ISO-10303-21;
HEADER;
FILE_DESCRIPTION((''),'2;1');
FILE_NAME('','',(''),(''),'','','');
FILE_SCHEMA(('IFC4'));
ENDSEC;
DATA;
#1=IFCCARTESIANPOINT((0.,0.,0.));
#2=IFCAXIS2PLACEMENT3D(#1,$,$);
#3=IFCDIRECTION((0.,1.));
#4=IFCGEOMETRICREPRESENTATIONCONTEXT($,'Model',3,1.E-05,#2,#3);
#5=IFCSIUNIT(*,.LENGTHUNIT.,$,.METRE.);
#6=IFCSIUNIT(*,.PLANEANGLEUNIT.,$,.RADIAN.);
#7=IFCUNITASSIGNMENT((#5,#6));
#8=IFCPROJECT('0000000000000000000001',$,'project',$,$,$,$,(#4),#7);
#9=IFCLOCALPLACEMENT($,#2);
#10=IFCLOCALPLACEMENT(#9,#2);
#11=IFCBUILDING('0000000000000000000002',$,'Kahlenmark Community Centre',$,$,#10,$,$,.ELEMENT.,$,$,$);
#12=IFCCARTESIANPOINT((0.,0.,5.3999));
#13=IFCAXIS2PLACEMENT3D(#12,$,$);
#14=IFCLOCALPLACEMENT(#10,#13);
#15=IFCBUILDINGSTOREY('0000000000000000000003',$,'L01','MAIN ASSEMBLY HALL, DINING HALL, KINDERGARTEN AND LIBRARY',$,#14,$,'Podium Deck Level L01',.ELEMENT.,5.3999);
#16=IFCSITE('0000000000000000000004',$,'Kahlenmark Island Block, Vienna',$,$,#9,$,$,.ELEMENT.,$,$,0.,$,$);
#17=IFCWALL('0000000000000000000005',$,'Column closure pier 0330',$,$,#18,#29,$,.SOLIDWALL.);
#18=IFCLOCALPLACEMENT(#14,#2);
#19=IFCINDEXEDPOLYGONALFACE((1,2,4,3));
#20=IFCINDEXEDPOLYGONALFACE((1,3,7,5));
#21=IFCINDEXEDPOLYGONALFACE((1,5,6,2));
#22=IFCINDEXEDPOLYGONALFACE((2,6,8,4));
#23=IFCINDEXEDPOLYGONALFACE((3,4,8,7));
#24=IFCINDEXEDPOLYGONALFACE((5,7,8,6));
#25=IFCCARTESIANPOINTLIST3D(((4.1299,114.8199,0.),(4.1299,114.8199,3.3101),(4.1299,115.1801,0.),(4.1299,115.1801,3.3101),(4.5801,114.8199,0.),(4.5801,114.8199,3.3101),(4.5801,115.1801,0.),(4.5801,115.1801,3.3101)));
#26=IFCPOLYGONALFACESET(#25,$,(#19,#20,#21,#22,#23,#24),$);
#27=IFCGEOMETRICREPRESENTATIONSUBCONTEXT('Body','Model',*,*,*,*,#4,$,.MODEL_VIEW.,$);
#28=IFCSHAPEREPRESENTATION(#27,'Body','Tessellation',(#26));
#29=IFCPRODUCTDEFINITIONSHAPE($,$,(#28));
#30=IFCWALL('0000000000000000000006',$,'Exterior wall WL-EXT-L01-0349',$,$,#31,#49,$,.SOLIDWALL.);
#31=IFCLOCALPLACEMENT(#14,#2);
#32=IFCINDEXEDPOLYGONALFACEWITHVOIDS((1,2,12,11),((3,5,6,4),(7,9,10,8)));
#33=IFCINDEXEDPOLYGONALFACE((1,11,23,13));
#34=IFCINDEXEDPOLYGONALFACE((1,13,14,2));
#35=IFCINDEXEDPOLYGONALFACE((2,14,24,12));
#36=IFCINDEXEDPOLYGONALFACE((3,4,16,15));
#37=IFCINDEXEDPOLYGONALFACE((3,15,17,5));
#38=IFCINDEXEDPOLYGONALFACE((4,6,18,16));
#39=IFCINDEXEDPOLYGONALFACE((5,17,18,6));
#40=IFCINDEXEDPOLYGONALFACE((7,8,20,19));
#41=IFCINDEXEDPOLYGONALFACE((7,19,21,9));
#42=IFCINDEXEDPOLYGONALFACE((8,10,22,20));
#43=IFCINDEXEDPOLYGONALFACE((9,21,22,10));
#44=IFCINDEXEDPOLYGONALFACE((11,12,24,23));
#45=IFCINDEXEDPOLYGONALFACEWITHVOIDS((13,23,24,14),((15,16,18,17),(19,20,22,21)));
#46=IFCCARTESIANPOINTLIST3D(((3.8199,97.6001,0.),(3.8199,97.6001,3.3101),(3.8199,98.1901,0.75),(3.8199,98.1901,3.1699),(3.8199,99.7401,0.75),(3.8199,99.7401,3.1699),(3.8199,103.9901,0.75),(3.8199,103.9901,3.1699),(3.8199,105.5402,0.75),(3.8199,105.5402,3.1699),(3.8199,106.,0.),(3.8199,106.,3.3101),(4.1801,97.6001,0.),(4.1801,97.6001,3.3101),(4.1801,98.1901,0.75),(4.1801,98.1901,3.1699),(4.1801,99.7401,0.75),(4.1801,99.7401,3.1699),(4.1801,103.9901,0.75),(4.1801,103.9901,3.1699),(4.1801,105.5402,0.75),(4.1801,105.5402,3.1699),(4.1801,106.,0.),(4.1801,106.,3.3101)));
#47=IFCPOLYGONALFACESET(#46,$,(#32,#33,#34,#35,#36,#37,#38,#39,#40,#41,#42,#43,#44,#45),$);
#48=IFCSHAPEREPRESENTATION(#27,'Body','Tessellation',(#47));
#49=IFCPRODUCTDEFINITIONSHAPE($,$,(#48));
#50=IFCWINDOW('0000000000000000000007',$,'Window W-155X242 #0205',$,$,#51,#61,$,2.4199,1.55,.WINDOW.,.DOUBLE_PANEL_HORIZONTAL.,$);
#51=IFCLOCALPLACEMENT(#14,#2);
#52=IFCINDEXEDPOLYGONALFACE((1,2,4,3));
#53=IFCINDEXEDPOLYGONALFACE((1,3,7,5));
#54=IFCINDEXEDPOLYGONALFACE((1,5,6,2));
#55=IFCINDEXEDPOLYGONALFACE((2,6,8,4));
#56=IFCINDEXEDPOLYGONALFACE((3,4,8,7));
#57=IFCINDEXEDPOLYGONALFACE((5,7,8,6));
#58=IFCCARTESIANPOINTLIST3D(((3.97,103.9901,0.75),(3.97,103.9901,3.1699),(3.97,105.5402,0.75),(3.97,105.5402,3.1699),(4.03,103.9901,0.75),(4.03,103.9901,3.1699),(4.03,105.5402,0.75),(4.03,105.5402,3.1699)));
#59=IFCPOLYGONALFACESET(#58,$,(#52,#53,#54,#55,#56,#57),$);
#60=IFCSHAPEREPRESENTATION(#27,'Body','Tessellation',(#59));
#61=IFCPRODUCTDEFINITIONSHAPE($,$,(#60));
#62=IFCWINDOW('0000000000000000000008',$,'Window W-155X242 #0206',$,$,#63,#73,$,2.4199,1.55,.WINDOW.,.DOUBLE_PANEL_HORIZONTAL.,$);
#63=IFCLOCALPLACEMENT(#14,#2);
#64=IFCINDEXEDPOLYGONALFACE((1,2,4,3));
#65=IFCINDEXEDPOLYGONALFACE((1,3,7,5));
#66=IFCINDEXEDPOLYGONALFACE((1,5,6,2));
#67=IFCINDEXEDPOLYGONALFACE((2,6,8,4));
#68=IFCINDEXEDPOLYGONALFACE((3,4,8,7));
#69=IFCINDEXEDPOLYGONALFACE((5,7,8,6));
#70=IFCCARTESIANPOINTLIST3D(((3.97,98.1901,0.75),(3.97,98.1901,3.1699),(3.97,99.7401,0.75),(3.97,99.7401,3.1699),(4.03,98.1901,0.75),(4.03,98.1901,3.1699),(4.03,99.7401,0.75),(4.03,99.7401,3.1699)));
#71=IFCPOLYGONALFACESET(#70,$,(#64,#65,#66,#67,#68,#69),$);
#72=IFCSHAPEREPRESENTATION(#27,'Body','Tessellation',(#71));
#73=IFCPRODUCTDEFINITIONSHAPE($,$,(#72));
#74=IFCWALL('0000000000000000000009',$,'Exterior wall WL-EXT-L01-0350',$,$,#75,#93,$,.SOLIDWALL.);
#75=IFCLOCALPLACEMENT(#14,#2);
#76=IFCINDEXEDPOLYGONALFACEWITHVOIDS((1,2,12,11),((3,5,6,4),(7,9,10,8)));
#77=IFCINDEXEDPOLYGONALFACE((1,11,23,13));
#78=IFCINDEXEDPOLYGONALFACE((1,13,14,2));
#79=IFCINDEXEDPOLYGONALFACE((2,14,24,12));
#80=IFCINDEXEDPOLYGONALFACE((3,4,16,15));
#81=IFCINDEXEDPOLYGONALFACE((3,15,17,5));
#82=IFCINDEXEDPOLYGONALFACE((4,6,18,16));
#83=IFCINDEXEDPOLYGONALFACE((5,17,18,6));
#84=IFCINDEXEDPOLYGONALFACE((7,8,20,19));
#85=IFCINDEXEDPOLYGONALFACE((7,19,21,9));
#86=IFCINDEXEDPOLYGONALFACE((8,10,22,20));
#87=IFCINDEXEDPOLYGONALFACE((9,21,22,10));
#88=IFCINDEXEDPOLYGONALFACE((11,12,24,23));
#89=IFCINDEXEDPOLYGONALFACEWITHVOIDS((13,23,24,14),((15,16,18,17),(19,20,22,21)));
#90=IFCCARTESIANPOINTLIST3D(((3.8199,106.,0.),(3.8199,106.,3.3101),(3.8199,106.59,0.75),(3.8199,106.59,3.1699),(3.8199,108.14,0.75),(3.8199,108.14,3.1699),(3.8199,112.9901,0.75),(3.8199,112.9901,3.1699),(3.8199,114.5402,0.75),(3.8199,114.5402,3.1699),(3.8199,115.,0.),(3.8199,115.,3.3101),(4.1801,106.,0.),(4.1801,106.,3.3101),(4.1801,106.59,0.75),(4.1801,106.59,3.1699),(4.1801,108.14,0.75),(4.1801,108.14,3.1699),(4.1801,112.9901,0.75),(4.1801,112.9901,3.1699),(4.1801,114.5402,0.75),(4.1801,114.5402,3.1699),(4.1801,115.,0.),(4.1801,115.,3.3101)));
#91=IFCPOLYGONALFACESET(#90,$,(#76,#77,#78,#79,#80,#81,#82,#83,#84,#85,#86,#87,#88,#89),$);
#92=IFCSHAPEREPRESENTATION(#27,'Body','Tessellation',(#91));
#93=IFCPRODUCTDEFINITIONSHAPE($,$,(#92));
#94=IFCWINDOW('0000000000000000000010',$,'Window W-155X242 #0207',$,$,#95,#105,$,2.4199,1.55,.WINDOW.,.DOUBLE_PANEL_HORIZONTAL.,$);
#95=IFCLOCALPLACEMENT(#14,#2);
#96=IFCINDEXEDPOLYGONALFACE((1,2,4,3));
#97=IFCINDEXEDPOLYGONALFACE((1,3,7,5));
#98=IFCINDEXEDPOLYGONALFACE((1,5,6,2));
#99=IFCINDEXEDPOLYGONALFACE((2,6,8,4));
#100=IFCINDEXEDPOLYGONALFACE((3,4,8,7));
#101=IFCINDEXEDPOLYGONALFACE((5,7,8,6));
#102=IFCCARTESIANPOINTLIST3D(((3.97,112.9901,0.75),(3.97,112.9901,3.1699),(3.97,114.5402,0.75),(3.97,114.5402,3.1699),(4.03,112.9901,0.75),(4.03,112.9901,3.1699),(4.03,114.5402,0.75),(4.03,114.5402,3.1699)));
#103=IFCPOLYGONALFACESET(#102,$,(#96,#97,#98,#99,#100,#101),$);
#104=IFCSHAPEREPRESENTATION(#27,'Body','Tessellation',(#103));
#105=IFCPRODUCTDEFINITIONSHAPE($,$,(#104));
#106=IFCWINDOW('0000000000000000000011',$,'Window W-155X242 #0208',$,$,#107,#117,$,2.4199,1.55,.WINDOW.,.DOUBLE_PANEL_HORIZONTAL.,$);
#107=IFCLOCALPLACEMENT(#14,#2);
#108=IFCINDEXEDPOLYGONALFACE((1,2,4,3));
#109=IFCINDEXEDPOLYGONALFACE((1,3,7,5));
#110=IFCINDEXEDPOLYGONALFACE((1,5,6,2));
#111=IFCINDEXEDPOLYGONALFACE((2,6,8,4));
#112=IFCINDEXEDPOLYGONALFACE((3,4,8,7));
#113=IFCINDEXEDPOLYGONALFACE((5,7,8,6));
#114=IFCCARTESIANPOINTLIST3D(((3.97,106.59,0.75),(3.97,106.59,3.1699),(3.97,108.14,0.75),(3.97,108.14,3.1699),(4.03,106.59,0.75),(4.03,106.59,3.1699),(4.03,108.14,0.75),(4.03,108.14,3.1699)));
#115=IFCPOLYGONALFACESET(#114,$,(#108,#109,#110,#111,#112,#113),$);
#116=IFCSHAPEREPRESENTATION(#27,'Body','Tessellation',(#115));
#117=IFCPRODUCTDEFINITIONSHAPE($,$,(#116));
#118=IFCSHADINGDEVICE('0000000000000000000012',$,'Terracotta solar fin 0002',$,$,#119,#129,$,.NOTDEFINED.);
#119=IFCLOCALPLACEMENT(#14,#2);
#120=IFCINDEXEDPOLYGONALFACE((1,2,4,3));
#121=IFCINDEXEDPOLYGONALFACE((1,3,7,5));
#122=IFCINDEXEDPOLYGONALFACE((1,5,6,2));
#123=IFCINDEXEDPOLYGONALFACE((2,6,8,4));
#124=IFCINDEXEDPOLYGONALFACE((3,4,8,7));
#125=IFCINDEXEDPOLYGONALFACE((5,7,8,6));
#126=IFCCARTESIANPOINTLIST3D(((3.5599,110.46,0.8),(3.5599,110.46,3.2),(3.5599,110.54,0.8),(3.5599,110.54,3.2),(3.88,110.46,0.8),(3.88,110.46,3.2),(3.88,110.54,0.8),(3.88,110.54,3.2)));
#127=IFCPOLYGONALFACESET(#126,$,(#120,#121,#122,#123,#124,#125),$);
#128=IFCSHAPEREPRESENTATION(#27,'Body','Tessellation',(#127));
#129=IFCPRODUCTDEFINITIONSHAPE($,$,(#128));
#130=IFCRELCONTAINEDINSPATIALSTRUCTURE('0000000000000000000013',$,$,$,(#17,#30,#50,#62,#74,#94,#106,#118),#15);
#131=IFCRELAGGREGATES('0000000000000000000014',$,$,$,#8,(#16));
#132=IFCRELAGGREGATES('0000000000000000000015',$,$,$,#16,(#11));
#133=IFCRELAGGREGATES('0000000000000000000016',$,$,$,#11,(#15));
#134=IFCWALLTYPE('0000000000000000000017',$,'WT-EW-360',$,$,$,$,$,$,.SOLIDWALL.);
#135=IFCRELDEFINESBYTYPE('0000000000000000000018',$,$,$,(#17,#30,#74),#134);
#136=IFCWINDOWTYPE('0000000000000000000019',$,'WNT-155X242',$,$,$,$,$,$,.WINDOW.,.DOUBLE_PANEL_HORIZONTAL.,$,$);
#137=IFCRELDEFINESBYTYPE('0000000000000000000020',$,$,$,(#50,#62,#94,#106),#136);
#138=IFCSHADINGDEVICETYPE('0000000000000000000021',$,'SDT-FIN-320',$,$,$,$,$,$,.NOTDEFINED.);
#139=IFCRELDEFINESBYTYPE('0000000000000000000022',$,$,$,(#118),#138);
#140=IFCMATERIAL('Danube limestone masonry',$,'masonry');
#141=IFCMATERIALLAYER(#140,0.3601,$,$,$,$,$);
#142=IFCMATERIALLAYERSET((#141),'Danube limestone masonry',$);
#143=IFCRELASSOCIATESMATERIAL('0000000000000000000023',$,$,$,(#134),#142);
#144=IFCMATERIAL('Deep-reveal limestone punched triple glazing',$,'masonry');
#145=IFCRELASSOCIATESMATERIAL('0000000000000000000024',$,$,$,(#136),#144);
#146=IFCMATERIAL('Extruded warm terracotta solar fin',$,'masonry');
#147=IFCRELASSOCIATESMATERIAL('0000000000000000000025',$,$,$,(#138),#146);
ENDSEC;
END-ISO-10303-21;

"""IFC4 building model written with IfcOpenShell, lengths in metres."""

from ifc_helpers import new_model, si_unit, direction, frame, frame_2d, origin, origin_2d, place, context, subcontext, project, spatial, rectangle, extrude, material, layer, layer_set, type_object, element, fill, save


model = new_model("IFC4")

# Units and contexts
model_context = context("Model", 3, precision=1e-05, world=origin(), true_north=direction((0.0, 1.0)))
body_context = subcontext(model_context, "Body", "Model", "MODEL_VIEW")
ifc_project = project(units=[si_unit("LENGTHUNIT", "METRE"), si_unit("PLANEANGLEUNIT", "RADIAN")], contexts=[model_context])

# Site, building, storey
site_placement = place(None, origin())
site = spatial("IfcSite", under=ifc_project, at=site_placement, Name="Kahlenmark Island Block, Vienna", CompositionType="ELEMENT", RefElevation=0.0)
building_placement = place(site_placement, origin())
building = spatial("IfcBuilding", under=site, at=building_placement, Name="Kahlenmark Community Centre", CompositionType="ELEMENT")
storey_placement = place(building_placement, frame((0.0, 0.0, 5.3999)))
storey = spatial("IfcBuildingStorey", under=building, at=storey_placement, Name="L01", Description="MAIN ASSEMBLY HALL, DINING HALL, KINDERGARTEN AND LIBRARY", LongName="Podium Deck Level L01", CompositionType="ELEMENT", Elevation=5.3999)

# Wall
ifc_material_1 = material(Name="Danube limestone masonry", Category="masonry")
ifc_layer_1 = layer(ifc_material_1, 0.3601)
ifc_layer_set_1 = layer_set([ifc_layer_1], Name="Danube limestone masonry")
wall_type_1 = type_object("IfcWallType", Name="WT-EW-360", PredefinedType="SOLIDWALL", material=ifc_layer_set_1)
wall_1_placement = place(storey_placement, frame((4.5801, 115.0, 0.0), z_axis=(0.0, 0.0, 1.0), x_axis=(-1.0, 0.0, 0.0)))
element("IfcWall", 1, at=wall_1_placement, inside=storey, type_object=wall_type_1, Name="Column closure pier 0330", PredefinedType="SOLIDWALL", context=body_context, shape_type="SweptSolid", body=[
    extrude(rectangle(XDim=0.4502, YDim=0.3601, at=frame_2d((0.2251, 0.0))), origin(), (0.0, 0.0, 1.0), 3.3101),
])

# Walls, openings, windows
wall_2_placement = place(storey_placement, frame((4.0, 106.0, 0.0), z_axis=(0.0, 0.0, 1.0), x_axis=(0.0, -1.0, 0.0)))
wall_2 = element("IfcWall", 2, at=wall_2_placement, inside=storey, type_object=wall_type_1, Name="Exterior wall WL-EXT-L01-0349", PredefinedType="SOLIDWALL", context=body_context, shape_type="SweptSolid", body=[
    extrude(rectangle(XDim=8.3999, YDim=0.3601, at=frame_2d((4.2, 0.0))), origin(), (0.0, 0.0, 1.0), 3.3101),
])
opening_1_placement = place(wall_2_placement, frame((0.46, 0.0, 0.75)))
opening_1 = element("IfcOpeningElement", 3, at=opening_1_placement, cuts=wall_2, PredefinedType="OPENING", context=body_context, shape_type="SweptSolid", body=[
    extrude(rectangle(XDim=1.55, YDim=2.4199, at=frame_2d((0.7749, 1.21))), frame((0.0, 0.1899, 0.0), z_axis=(0.0, -1.0, 0.0), x_axis=(1.0, 0.0, 0.0)), (0.0, 0.0, 1.0), 0.3801),
])
opening_2_placement = place(wall_2_placement, frame((6.26, 0.0, 0.75)))
opening_2 = element("IfcOpeningElement", 4, at=opening_2_placement, cuts=wall_2, PredefinedType="OPENING", context=body_context, shape_type="SweptSolid", body=[
    extrude(rectangle(XDim=1.55, YDim=2.4199, at=frame_2d((0.7749, 1.21))), frame((0.0, 0.1899, 0.0), z_axis=(0.0, -1.0, 0.0), x_axis=(1.0, 0.0, 0.0)), (0.0, 0.0, 1.0), 0.3801),
])
ifc_material_2 = material(Name="Deep-reveal limestone punched triple glazing", Category="masonry")
window_type = type_object("IfcWindowType", Name="WNT-155X242", PartitioningType="DOUBLE_PANEL_HORIZONTAL", PredefinedType="WINDOW", material=ifc_material_2)
window_1_placement = place(opening_1_placement, origin())
window_1 = element("IfcWindow", 5, at=window_1_placement, inside=storey, type_object=window_type, Name="Window W-155X242 #0205", OverallHeight=2.4199, OverallWidth=1.55, PartitioningType="DOUBLE_PANEL_HORIZONTAL", PredefinedType="WINDOW", context=body_context, shape_type="SweptSolid", body=[
    extrude(rectangle(XDim=1.55, YDim=2.4199, at=frame_2d((0.7749, 1.21))), frame((0.0, 0.03, 0.0), z_axis=(0.0, -1.0, 0.0), x_axis=(1.0, 0.0, 0.0)), (0.0, 0.0, 1.0), 0.0601),
])
fill(opening_1, window_1)
window_2_placement = place(opening_2_placement, origin())
window_2 = element("IfcWindow", 6, at=window_2_placement, inside=storey, type_object=window_type, Name="Window W-155X242 #0206", OverallHeight=2.4199, OverallWidth=1.55, PartitioningType="DOUBLE_PANEL_HORIZONTAL", PredefinedType="WINDOW", context=body_context, shape_type="SweptSolid", body=[
    extrude(rectangle(XDim=1.55, YDim=2.4199, at=frame_2d((0.7749, 1.21))), frame((0.0, 0.03, 0.0), z_axis=(0.0, -1.0, 0.0), x_axis=(1.0, 0.0, 0.0)), (0.0, 0.0, 1.0), 0.0601),
])
fill(opening_2, window_2)
wall_3_placement = place(storey_placement, frame((4.0, 115.0, 0.0), z_axis=(0.0, 0.0, 1.0), x_axis=(0.0, -1.0, 0.0)))
wall_3 = element("IfcWall", 7, at=wall_3_placement, inside=storey, type_object=wall_type_1, Name="Exterior wall WL-EXT-L01-0350", PredefinedType="SOLIDWALL", context=body_context, shape_type="SweptSolid", body=[
    extrude(rectangle(XDim=9.0, YDim=0.3601, at=frame_2d((4.5, 0.0))), origin(), (0.0, 0.0, 1.0), 3.3101),
])
opening_3_placement = place(wall_3_placement, frame((0.46, 0.0, 0.75)))
opening_3 = element("IfcOpeningElement", 8, at=opening_3_placement, cuts=wall_3, PredefinedType="OPENING", context=body_context, shape_type="SweptSolid", body=[
    extrude(rectangle(XDim=1.55, YDim=2.4199, at=frame_2d((0.7749, 1.21))), frame((0.0, 0.1899, 0.0), z_axis=(0.0, -1.0, 0.0), x_axis=(1.0, 0.0, 0.0)), (0.0, 0.0, 1.0), 0.3801),
])
opening_4_placement = place(wall_3_placement, frame((6.8601, 0.0, 0.75)))
opening_4 = element("IfcOpeningElement", 9, at=opening_4_placement, cuts=wall_3, PredefinedType="OPENING", context=body_context, shape_type="SweptSolid", body=[
    extrude(rectangle(XDim=1.55, YDim=2.4199, at=frame_2d((0.7749, 1.21))), frame((0.0, 0.1899, 0.0), z_axis=(0.0, -1.0, 0.0), x_axis=(1.0, 0.0, 0.0)), (0.0, 0.0, 1.0), 0.3801),
])
window_3_placement = place(opening_3_placement, origin())
window_3 = element("IfcWindow", 10, at=window_3_placement, inside=storey, type_object=window_type, Name="Window W-155X242 #0207", OverallHeight=2.4199, OverallWidth=1.55, PartitioningType="DOUBLE_PANEL_HORIZONTAL", PredefinedType="WINDOW", context=body_context, shape_type="SweptSolid", body=[
    extrude(rectangle(XDim=1.55, YDim=2.4199, at=frame_2d((0.7749, 1.21))), frame((0.0, 0.03, 0.0), z_axis=(0.0, -1.0, 0.0), x_axis=(1.0, 0.0, 0.0)), (0.0, 0.0, 1.0), 0.0601),
])
fill(opening_3, window_3)
window_4_placement = place(opening_4_placement, origin())
window_4 = element("IfcWindow", 11, at=window_4_placement, inside=storey, type_object=window_type, Name="Window W-155X242 #0208", OverallHeight=2.4199, OverallWidth=1.55, PartitioningType="DOUBLE_PANEL_HORIZONTAL", PredefinedType="WINDOW", context=body_context, shape_type="SweptSolid", body=[
    extrude(rectangle(XDim=1.55, YDim=2.4199, at=frame_2d((0.7749, 1.21))), frame((0.0, 0.03, 0.0), z_axis=(0.0, -1.0, 0.0), x_axis=(1.0, 0.0, 0.0)), (0.0, 0.0, 1.0), 0.0601),
])
fill(opening_4, window_4)

# Shading device
ifc_material_3 = material(Name="Extruded warm terracotta solar fin", Category="masonry")
shading_device_type = type_object("IfcShadingDeviceType", Name="SDT-FIN-320", PredefinedType="NOTDEFINED", material=ifc_material_3)
shading_device_placement = place(storey_placement, frame((3.72, 110.5, 0.8), z_axis=(0.0, 0.0, 1.0), x_axis=(0.0, -1.0, 0.0)))
element("IfcShadingDevice", 12, at=shading_device_placement, inside=storey, type_object=shading_device_type, Name="Terracotta solar fin 0002", PredefinedType="NOTDEFINED", context=body_context, shape_type="SweptSolid", body=[
    extrude(rectangle(XDim=0.0801, YDim=0.3201, at=origin_2d()), origin(), (0.0, 0.0, 1.0), 2.3999),
])

save(model, "model.ifc")
